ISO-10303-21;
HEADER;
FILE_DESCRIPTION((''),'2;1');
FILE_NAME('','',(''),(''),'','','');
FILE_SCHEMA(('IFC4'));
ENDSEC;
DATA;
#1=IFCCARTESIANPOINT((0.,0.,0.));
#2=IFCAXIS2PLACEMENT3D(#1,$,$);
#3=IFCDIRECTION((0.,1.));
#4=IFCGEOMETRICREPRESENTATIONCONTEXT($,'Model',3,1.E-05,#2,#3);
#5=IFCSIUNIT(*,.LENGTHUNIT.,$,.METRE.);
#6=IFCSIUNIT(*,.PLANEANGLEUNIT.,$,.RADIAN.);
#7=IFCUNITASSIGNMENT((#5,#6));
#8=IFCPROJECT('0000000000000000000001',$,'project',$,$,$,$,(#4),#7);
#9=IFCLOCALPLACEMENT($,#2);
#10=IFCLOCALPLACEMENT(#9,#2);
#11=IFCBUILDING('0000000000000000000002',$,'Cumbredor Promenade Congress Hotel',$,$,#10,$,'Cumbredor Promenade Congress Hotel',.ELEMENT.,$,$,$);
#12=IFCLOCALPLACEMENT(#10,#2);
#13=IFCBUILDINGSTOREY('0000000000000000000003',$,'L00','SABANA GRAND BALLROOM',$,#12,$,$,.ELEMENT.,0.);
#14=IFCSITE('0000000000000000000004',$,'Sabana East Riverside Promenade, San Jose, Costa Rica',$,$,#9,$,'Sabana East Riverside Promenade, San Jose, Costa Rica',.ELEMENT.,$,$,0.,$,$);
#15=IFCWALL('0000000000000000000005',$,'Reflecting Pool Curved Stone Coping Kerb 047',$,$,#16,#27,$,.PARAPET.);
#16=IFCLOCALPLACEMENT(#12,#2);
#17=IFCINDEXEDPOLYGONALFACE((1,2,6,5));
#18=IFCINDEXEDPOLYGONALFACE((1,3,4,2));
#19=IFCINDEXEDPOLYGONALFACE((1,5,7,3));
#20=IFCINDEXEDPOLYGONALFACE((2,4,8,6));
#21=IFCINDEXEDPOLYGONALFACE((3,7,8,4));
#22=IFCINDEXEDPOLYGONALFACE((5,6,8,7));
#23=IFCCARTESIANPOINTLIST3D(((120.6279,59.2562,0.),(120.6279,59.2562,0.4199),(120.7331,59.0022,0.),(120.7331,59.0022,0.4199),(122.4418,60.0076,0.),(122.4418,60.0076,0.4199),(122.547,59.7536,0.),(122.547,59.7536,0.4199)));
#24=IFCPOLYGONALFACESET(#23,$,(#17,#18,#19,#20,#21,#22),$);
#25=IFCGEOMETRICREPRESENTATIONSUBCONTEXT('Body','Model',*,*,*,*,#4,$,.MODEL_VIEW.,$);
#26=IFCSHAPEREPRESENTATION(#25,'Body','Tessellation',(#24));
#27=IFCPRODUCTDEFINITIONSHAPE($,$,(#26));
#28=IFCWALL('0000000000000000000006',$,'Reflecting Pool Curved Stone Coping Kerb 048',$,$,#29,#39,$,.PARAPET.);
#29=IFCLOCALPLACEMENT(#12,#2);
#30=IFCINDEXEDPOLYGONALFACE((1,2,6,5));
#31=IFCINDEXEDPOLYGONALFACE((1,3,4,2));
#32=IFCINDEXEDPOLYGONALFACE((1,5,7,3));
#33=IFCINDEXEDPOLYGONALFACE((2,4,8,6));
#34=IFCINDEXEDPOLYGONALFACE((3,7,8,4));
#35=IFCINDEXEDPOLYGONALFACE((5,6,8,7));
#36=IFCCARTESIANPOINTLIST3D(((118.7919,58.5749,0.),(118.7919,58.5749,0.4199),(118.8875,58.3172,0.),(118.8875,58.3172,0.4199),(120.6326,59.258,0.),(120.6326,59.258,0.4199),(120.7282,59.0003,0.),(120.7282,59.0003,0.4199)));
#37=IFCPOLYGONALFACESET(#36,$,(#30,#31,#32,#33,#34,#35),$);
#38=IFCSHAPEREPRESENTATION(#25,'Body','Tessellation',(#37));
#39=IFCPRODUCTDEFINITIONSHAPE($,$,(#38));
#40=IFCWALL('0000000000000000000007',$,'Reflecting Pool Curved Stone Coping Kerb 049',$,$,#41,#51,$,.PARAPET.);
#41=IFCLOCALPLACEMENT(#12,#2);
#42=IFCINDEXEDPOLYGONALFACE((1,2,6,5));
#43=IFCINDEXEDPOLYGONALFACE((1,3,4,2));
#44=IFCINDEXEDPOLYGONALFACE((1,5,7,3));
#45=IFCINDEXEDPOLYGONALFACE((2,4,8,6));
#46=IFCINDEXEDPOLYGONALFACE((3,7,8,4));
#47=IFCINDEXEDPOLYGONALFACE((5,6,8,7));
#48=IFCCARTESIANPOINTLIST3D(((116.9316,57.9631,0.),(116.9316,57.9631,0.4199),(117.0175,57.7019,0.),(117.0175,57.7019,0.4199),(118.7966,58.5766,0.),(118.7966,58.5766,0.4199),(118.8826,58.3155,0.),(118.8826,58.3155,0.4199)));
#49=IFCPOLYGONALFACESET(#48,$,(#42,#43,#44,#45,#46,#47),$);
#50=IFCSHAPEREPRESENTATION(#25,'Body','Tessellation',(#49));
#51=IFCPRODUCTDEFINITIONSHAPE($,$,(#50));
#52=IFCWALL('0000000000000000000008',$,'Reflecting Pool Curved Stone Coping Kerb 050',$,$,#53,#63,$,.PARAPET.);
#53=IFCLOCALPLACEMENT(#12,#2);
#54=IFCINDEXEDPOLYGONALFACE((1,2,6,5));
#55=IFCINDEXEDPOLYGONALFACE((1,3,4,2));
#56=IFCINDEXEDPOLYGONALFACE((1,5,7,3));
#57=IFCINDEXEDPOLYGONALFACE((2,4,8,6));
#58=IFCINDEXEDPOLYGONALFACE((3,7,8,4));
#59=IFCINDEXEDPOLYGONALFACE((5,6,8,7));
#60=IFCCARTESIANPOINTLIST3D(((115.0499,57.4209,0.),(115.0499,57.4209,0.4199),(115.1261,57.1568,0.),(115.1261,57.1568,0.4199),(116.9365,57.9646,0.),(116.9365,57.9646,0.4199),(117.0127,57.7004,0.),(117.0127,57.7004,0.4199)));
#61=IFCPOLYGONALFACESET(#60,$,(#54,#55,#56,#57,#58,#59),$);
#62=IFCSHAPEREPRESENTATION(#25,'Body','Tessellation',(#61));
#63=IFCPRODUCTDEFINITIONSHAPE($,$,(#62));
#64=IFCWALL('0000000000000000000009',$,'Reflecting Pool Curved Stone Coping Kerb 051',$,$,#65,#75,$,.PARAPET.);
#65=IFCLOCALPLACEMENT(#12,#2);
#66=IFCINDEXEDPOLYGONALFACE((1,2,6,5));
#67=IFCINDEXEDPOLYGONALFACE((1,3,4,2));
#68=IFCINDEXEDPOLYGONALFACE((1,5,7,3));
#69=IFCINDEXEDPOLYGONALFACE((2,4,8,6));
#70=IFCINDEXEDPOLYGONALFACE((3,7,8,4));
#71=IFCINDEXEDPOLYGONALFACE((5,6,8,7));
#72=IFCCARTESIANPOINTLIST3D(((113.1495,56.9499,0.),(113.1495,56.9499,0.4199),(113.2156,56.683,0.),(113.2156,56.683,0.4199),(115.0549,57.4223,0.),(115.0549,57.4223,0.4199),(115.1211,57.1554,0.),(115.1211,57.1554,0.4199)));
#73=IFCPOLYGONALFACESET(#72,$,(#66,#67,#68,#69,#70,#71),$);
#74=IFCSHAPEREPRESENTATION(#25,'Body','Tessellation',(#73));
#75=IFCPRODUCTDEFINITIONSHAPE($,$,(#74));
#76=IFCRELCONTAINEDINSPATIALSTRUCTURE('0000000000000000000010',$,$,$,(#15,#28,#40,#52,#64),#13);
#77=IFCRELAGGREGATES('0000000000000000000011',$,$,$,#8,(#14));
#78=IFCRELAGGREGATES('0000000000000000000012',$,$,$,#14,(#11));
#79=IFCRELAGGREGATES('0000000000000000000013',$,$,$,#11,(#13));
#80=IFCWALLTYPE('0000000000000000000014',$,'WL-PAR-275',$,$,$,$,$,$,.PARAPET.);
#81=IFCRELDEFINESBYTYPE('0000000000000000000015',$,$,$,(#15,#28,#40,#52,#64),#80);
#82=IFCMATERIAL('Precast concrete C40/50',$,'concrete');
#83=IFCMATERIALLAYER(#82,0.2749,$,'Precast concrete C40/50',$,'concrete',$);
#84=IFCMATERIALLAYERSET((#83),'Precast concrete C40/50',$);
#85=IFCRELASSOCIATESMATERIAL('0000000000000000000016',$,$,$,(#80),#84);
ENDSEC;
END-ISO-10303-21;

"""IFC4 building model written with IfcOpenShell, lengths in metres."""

from ifc_helpers import new_model, si_unit, direction, frame, frame_2d, origin, place, context, subcontext, project, spatial, rectangle, extrude, material, layer, layer_set, type_object, element, save


model = new_model("IFC4")

# Units and contexts
model_context = context("Model", 3, precision=1e-05, world=origin(), true_north=direction((0.0, 1.0)))
body_context = subcontext(model_context, "Body", "Model", "MODEL_VIEW")
ifc_project = project(units=[si_unit("LENGTHUNIT", "METRE"), si_unit("PLANEANGLEUNIT", "RADIAN")], contexts=[model_context])

# Site, building, storey
site_placement = place(None, origin())
site = spatial("IfcSite", under=ifc_project, at=site_placement, Name="Sabana East Riverside Promenade, San Jose, Costa Rica", LongName="Sabana East Riverside Promenade, San Jose, Costa Rica", CompositionType="ELEMENT", RefElevation=0.0)
building_placement = place(site_placement, origin())
building = spatial("IfcBuilding", under=site, at=building_placement, Name="Cumbredor Promenade Congress Hotel", LongName="Cumbredor Promenade Congress Hotel", CompositionType="ELEMENT")
storey_placement = place(building_placement, origin())
storey = spatial("IfcBuildingStorey", under=building, at=storey_placement, Name="L00", Description="SABANA GRAND BALLROOM", CompositionType="ELEMENT", Elevation=0.0)

# Walls
ifc_material_1 = material(Name="Precast concrete C40/50", Category="concrete")
ifc_layer_1 = layer(ifc_material_1, 0.2749, Name="Precast concrete C40/50", Category="concrete")
ifc_layer_set_1 = layer_set([ifc_layer_1], Name="Precast concrete C40/50")
wall_type_1 = type_object("IfcWallType", Name="WL-PAR-275", PredefinedType="PARAPET", material=ifc_layer_set_1)
for number, where, z_axis, x_axis, name in (
    (1, (122.4944, 59.8806, 0.0), (0.0, 0.0, 1.0), (-0.923862, -0.382725, 0.0), "Reflecting Pool Curved Stone Coping Kerb 047"),
    (2, (120.6804, 59.1292, 0.0), (0.0, 0.0, 1.0), (-0.93753, -0.347906, 0.0), "Reflecting Pool Curved Stone Coping Kerb 048"),
    (3, (118.8396, 58.446, 0.0), (0.0, 0.0, 1.0), (-0.949919, -0.312495, 0.0), "Reflecting Pool Curved Stone Coping Kerb 049"),
    (4, (116.9746, 57.8325, 0.0), (0.0, 0.0, 1.0), (-0.960897, -0.276905, 0.0), "Reflecting Pool Curved Stone Coping Kerb 050"),
):
    element("IfcWall", number, at=place(storey_placement, frame(where, z_axis=z_axis, x_axis=x_axis)), inside=storey, type_object=wall_type_1, Name=name, PredefinedType="PARAPET", context=body_context, shape_type="SweptSolid", body=[
        extrude(rectangle(XDim=1.9634, YDim=0.2749, at=frame_2d((0.9817, 0.0))), origin(), (0.0, 0.0, 1.0), 0.4199),
    ])
wall_1_placement = place(storey_placement, frame((115.0879, 57.2888, 0.0), z_axis=(0.0, 0.0, 1.0), x_axis=(-0.970616, -0.240633, 0.0)))
element("IfcWall", 5, at=wall_1_placement, inside=storey, type_object=wall_type_1, Name="Reflecting Pool Curved Stone Coping Kerb 051", PredefinedType="PARAPET", context=body_context, shape_type="SweptSolid", body=[
    extrude(rectangle(XDim=1.9631, YDim=0.2749, at=frame_2d((0.9814, 0.0))), origin(), (0.0, 0.0, 1.0), 0.4199),
])

save(model, "model.ifc")
